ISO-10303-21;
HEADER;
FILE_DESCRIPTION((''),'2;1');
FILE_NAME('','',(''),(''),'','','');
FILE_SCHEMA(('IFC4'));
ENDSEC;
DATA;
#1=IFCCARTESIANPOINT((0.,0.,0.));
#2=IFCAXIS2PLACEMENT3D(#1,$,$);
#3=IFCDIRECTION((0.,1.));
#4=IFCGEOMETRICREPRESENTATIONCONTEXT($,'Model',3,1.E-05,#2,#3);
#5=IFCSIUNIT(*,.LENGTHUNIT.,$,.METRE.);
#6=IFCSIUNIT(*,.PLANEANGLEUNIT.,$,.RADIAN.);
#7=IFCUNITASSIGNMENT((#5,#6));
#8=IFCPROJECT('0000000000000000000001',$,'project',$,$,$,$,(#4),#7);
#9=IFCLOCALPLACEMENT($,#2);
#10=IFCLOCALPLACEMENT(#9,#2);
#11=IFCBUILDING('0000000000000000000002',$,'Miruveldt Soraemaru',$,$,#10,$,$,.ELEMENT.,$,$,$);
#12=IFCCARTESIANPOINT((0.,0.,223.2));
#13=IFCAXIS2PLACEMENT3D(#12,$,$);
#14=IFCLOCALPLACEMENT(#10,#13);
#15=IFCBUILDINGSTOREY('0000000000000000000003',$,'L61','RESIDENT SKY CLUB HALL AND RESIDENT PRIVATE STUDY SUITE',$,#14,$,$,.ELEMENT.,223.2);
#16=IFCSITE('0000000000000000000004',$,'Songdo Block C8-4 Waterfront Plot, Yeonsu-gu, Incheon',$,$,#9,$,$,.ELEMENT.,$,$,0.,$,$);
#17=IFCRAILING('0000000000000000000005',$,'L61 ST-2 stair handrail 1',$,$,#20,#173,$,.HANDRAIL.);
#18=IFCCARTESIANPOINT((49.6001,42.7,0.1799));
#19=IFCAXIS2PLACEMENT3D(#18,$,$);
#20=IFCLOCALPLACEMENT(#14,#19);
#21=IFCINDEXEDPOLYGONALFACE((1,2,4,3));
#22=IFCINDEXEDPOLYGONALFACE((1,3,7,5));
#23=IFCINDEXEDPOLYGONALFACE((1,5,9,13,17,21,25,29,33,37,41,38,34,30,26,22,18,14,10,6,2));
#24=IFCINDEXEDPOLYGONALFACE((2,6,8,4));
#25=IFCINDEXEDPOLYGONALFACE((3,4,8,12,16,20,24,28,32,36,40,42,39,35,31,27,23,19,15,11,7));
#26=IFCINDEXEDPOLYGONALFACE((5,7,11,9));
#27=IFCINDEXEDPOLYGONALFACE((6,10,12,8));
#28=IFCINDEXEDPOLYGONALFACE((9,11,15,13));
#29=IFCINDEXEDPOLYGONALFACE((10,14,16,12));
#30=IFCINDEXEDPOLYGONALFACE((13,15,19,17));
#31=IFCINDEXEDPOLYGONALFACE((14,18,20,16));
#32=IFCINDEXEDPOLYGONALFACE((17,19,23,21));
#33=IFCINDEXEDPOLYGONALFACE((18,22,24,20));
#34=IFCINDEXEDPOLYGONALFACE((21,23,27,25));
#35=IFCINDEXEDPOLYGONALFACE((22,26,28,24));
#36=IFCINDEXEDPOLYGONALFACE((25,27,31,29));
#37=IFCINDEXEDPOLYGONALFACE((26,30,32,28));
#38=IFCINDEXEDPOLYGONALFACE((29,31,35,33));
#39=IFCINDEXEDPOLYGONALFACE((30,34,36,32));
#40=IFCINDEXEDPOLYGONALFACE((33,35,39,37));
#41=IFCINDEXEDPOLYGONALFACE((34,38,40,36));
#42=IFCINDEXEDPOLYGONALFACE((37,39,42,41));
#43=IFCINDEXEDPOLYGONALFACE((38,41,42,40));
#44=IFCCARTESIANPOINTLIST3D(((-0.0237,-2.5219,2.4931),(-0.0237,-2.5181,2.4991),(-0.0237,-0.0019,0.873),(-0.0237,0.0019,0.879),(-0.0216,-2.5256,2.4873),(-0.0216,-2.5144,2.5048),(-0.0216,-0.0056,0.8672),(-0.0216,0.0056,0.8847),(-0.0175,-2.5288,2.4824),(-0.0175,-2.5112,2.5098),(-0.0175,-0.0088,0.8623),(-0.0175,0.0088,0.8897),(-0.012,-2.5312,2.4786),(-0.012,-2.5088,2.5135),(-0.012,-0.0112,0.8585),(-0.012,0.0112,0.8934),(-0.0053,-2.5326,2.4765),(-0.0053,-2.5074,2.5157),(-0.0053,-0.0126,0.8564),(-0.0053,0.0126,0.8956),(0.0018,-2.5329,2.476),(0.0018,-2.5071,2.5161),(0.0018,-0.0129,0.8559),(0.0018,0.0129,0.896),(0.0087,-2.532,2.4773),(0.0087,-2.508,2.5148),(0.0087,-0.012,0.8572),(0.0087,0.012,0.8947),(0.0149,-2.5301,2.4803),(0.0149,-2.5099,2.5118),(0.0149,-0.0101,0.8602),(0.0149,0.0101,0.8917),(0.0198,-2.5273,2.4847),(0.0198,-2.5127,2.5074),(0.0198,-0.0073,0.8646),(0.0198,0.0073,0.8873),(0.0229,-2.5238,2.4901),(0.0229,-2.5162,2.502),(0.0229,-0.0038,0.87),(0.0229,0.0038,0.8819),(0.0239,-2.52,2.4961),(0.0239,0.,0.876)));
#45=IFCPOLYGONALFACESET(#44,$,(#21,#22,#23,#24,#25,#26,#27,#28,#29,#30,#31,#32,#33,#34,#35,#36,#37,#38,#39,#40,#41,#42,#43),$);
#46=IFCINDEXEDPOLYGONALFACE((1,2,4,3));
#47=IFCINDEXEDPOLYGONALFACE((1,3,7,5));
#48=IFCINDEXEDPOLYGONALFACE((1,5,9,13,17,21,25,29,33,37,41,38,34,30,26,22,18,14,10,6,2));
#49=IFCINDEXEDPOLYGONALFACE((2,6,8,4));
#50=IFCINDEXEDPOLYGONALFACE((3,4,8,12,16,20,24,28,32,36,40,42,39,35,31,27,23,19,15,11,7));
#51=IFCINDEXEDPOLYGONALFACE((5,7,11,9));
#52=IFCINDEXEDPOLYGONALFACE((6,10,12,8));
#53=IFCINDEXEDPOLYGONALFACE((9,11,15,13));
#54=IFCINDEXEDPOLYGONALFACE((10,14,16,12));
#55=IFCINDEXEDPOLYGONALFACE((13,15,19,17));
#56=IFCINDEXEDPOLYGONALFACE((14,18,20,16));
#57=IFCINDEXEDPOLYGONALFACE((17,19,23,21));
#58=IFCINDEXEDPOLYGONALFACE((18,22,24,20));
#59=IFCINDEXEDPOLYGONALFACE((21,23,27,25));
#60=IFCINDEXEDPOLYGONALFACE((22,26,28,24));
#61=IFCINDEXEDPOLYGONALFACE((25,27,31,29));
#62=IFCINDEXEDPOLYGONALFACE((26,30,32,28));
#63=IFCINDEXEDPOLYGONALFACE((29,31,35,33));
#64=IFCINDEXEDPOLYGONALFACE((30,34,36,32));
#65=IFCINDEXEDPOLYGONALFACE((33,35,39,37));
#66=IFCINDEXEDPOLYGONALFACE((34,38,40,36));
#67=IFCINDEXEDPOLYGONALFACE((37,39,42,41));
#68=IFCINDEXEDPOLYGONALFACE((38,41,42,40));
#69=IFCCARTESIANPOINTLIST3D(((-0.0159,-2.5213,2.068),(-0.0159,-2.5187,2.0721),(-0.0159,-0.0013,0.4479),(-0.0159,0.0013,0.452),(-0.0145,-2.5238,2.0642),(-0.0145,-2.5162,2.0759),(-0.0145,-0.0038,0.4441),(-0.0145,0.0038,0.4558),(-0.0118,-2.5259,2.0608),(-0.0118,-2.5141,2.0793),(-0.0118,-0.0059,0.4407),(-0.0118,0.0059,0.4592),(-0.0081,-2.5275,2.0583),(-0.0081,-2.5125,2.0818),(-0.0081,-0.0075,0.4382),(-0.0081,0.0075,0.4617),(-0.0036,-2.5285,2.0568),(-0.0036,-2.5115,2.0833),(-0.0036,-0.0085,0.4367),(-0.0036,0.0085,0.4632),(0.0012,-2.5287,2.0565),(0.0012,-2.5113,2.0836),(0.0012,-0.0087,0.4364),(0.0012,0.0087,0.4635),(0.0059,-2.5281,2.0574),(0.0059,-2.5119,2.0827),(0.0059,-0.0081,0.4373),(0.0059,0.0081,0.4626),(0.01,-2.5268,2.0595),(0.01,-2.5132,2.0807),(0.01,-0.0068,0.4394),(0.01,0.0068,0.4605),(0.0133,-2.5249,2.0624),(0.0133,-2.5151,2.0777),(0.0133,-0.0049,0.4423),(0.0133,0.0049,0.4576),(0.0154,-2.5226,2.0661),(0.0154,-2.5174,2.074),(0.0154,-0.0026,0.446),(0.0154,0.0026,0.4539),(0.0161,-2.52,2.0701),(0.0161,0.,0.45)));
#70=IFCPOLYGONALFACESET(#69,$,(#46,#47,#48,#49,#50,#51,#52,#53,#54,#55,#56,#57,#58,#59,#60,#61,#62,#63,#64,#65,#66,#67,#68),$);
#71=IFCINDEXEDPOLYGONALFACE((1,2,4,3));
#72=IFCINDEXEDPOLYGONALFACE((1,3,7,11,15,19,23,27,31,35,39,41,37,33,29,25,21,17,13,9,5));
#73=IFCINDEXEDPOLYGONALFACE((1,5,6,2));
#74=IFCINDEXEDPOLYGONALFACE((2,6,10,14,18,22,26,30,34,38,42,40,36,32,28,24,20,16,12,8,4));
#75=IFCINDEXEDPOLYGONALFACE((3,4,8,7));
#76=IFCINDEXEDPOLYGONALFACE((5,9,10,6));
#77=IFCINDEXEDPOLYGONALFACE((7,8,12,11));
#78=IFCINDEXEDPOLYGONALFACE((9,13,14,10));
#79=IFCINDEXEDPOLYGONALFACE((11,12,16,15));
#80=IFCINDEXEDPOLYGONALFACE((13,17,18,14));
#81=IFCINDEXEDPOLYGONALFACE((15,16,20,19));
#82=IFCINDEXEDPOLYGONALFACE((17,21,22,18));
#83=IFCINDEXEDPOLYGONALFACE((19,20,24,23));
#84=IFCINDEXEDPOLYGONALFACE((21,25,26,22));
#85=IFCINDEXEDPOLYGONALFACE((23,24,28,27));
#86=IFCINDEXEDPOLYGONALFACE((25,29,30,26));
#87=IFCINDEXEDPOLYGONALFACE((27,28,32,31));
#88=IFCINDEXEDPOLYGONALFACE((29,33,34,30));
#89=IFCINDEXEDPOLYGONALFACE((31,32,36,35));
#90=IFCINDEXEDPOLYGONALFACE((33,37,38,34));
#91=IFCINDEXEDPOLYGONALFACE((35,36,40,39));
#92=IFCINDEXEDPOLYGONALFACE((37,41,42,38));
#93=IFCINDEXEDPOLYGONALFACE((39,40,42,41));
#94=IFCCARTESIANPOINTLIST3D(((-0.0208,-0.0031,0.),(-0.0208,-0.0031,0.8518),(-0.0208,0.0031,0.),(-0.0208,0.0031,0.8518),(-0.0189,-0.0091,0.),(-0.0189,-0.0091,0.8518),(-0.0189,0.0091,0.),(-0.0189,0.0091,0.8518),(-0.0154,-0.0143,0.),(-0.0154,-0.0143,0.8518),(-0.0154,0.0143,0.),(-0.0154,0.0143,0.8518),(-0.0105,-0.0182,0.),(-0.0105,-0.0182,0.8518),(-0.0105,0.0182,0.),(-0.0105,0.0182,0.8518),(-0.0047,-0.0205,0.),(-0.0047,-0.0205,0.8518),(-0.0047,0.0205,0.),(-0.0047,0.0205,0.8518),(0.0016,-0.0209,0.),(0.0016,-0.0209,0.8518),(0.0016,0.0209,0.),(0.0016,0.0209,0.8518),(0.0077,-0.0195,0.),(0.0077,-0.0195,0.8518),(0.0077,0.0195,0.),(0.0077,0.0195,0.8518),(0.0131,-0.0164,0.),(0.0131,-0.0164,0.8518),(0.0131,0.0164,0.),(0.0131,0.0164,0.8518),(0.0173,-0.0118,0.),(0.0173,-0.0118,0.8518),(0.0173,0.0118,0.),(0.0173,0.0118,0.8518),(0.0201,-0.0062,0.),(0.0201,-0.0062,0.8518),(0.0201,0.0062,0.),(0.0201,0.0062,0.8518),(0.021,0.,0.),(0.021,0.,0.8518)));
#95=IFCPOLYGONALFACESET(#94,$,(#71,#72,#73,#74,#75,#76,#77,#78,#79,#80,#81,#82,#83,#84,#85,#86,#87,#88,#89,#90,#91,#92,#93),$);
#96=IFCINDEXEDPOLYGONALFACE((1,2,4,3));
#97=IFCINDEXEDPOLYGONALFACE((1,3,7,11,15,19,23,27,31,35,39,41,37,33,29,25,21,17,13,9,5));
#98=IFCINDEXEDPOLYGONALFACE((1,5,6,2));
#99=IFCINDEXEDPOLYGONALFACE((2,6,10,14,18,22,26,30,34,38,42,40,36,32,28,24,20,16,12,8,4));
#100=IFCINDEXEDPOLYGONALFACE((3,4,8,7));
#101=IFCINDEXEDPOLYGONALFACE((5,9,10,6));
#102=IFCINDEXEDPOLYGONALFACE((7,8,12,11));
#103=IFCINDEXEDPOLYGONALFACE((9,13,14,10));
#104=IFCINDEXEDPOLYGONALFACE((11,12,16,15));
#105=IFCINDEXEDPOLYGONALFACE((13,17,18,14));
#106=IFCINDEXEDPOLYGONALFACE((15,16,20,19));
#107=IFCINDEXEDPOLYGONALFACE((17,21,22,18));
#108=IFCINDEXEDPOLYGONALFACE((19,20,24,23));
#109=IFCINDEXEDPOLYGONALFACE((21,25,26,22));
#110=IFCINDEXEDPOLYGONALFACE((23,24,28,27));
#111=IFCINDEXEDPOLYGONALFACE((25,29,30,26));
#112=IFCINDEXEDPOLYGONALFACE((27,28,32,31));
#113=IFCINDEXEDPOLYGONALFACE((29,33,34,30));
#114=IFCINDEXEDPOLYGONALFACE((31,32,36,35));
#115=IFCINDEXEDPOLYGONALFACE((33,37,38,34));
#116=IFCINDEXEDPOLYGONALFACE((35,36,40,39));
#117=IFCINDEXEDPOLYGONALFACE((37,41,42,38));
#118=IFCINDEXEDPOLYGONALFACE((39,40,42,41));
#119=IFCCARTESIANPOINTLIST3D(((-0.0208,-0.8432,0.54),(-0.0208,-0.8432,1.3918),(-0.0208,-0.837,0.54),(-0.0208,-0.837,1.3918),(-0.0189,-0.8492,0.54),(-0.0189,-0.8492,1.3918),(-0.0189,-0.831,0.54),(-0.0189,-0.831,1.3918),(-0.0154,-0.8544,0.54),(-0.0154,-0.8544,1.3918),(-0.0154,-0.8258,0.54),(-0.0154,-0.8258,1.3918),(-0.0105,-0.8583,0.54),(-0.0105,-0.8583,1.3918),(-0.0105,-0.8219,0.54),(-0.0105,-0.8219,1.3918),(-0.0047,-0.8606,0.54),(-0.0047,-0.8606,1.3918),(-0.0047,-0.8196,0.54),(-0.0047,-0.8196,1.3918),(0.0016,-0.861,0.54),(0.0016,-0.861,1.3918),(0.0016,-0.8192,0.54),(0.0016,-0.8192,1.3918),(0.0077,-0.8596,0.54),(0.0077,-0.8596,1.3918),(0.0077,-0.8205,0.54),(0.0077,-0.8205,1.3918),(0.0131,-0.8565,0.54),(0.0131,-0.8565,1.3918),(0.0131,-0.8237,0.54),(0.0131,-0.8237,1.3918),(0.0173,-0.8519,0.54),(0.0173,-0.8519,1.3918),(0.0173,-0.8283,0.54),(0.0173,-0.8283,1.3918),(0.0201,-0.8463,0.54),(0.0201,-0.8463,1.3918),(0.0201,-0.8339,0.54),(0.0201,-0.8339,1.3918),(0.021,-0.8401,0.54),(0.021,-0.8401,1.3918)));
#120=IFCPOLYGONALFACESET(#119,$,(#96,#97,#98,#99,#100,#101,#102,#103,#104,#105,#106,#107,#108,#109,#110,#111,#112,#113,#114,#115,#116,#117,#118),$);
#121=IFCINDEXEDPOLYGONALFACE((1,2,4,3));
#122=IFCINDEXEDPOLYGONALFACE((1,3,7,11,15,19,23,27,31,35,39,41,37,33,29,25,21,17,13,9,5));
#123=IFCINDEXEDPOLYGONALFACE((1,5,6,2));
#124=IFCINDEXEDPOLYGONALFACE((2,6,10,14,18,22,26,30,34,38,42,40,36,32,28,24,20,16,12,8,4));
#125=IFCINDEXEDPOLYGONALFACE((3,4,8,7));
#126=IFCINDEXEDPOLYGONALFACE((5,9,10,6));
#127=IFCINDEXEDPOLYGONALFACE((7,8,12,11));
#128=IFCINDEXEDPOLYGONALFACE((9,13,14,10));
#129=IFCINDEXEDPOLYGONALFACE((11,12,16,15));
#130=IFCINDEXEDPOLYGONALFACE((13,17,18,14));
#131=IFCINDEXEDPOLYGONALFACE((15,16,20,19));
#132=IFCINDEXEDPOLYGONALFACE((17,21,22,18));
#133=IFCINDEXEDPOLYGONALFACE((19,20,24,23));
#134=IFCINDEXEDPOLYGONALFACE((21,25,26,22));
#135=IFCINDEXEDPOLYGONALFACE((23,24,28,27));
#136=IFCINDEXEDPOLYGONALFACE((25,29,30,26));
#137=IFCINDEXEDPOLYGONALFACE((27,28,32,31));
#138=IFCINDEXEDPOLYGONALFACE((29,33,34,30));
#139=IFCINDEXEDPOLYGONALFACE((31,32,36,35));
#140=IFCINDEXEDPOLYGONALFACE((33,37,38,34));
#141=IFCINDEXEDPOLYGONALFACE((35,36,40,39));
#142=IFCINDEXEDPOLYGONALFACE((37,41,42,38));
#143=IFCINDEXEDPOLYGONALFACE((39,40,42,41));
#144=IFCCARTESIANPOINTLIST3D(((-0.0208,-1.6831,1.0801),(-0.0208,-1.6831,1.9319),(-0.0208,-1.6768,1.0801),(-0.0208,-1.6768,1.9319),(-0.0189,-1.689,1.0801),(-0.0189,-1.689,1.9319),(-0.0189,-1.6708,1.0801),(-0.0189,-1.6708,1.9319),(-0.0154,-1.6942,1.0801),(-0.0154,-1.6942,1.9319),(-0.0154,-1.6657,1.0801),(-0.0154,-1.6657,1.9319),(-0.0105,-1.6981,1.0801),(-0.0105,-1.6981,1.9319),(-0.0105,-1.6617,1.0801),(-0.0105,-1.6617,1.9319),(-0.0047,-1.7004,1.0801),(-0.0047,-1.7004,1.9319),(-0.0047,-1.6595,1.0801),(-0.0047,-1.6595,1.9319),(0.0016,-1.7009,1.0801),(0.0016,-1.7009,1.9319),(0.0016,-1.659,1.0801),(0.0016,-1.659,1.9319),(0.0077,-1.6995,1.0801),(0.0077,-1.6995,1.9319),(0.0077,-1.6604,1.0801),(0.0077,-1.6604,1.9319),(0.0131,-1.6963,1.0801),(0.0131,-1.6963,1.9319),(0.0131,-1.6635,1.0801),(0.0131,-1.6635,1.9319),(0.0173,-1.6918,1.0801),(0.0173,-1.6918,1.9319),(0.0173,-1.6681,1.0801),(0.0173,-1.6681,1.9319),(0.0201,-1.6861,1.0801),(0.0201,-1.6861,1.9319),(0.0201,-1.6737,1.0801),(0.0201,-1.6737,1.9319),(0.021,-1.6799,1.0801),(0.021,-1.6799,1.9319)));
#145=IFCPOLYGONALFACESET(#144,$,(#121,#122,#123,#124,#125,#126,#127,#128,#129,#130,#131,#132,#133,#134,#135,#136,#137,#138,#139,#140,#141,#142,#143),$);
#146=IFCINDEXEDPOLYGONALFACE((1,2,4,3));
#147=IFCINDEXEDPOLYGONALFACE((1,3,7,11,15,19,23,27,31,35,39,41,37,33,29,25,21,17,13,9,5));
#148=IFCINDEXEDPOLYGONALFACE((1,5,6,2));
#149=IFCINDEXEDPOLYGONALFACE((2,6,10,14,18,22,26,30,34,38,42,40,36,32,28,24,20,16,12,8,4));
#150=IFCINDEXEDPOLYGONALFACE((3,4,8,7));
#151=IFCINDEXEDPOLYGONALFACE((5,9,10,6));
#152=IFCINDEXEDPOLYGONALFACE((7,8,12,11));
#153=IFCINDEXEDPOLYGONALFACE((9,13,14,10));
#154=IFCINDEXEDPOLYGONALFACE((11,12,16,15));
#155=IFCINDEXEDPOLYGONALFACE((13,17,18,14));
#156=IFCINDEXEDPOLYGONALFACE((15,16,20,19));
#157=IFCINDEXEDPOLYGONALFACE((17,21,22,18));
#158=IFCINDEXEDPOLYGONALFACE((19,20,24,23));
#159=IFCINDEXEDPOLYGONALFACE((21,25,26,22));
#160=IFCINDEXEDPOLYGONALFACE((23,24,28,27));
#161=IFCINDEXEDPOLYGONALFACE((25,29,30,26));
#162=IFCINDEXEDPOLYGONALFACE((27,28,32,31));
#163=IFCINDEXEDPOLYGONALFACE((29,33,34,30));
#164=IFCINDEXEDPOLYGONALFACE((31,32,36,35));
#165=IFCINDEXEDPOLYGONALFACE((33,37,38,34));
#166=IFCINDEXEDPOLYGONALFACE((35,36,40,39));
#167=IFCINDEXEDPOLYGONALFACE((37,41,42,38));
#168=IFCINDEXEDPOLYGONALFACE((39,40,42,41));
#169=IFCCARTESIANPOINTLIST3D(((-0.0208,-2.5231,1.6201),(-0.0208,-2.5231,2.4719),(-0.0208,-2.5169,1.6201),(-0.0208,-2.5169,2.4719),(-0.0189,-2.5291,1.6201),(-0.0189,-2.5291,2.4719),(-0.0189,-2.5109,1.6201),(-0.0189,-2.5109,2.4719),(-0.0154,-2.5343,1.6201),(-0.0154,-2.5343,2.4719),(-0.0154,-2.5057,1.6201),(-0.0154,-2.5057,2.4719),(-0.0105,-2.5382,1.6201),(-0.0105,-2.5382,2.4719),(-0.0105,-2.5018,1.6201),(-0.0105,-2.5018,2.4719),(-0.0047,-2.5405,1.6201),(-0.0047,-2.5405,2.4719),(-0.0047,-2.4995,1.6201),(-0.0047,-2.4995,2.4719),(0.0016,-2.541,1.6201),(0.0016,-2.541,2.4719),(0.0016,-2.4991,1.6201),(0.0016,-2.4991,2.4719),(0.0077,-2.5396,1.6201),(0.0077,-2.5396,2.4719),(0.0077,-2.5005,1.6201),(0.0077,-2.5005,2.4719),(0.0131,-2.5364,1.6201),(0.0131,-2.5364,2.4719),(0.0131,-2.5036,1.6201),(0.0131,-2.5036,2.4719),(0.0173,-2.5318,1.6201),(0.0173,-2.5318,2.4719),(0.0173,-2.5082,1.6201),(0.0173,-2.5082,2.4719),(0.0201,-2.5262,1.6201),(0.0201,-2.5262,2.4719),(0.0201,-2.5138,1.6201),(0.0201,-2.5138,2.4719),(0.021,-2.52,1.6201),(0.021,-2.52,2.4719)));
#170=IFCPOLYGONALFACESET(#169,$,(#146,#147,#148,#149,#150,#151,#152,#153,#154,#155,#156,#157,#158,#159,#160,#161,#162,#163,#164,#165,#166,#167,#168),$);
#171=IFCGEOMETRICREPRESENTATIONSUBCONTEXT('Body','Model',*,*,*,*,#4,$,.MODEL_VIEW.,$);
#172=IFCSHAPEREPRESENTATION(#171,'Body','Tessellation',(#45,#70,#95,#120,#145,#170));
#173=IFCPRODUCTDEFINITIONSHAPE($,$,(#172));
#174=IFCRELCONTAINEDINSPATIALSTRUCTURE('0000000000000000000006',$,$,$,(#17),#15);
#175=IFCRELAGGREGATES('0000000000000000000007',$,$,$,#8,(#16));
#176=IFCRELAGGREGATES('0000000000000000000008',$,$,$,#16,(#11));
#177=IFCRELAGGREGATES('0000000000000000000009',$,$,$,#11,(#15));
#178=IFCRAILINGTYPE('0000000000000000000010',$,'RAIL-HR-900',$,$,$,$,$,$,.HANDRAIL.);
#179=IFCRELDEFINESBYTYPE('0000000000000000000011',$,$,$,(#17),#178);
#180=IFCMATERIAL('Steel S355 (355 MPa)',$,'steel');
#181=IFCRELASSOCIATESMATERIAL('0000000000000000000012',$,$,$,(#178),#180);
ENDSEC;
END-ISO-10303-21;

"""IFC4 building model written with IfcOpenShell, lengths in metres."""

from ifc_helpers import new_model, si_unit, direction, frame, origin, origin_2d, place, context, subcontext, project, spatial, circle, extrude, material, type_object, element, save


model = new_model("IFC4")

# Units and contexts
model_context = context("Model", 3, precision=1e-05, world=origin(), true_north=direction((0.0, 1.0)))
body_context = subcontext(model_context, "Body", "Model", "MODEL_VIEW")
ifc_project = project(units=[si_unit("LENGTHUNIT", "METRE"), si_unit("PLANEANGLEUNIT", "RADIAN")], contexts=[model_context])

# Site, building, storey
site_placement = place(None, origin())
site = spatial("IfcSite", under=ifc_project, at=site_placement, Name="Songdo Block C8-4 Waterfront Plot, Yeonsu-gu, Incheon", CompositionType="ELEMENT", RefElevation=0.0)
building_placement = place(site_placement, origin())
building = spatial("IfcBuilding", under=site, at=building_placement, Name="Miruveldt Soraemaru", CompositionType="ELEMENT")
storey_placement = place(building_placement, frame((0.0, 0.0, 223.2)))
storey = spatial("IfcBuildingStorey", under=building, at=storey_placement, Name="L61", Description="RESIDENT SKY CLUB HALL AND RESIDENT PRIVATE STUDY SUITE", CompositionType="ELEMENT", Elevation=223.2)

# Railing
ifc_material_1 = material(Name="Steel S355 (355 MPa)", Category="steel")
railing_type_1 = type_object("IfcRailingType", Name="RAIL-HR-900", PredefinedType="HANDRAIL", material=ifc_material_1)
railing_1_placement = place(storey_placement, frame((49.6001, 42.7, 0.1799)))
element("IfcRailing", 1, at=railing_1_placement, inside=storey, type_object=railing_type_1, Name="L61 ST-2 stair handrail 1", PredefinedType="HANDRAIL", context=body_context, shape_type="SweptSolid", body=[
    extrude(circle(Radius=0.0239, at=origin_2d()), frame((0.0, 0.0, 0.876), z_axis=(0.0, -0.841163, 0.540782), x_axis=(1.0, 0.0, 0.0)), (0.0, 0.0, 1.0), 2.9958),
    extrude(circle(Radius=0.0161, at=origin_2d()), frame((0.0, 0.0, 0.45), z_axis=(0.0, -0.841163, 0.540782), x_axis=(1.0, 0.0, 0.0)), (0.0, 0.0, 1.0), 2.9958),
    extrude(circle(Radius=0.021, at=origin_2d()), origin(), (0.0, 0.0, 1.0), 0.8518),
    extrude(circle(Radius=0.021, at=origin_2d()), frame((0.0, -0.8401, 0.54)), (0.0, 0.0, 1.0), 0.8518),
    extrude(circle(Radius=0.021, at=origin_2d()), frame((0.0, -1.6799, 1.0801)), (0.0, 0.0, 1.0), 0.8518),
    extrude(circle(Radius=0.021, at=origin_2d()), frame((0.0, -2.52, 1.6201)), (0.0, 0.0, 1.0), 0.8518),
])

save(model, "model.ifc")
